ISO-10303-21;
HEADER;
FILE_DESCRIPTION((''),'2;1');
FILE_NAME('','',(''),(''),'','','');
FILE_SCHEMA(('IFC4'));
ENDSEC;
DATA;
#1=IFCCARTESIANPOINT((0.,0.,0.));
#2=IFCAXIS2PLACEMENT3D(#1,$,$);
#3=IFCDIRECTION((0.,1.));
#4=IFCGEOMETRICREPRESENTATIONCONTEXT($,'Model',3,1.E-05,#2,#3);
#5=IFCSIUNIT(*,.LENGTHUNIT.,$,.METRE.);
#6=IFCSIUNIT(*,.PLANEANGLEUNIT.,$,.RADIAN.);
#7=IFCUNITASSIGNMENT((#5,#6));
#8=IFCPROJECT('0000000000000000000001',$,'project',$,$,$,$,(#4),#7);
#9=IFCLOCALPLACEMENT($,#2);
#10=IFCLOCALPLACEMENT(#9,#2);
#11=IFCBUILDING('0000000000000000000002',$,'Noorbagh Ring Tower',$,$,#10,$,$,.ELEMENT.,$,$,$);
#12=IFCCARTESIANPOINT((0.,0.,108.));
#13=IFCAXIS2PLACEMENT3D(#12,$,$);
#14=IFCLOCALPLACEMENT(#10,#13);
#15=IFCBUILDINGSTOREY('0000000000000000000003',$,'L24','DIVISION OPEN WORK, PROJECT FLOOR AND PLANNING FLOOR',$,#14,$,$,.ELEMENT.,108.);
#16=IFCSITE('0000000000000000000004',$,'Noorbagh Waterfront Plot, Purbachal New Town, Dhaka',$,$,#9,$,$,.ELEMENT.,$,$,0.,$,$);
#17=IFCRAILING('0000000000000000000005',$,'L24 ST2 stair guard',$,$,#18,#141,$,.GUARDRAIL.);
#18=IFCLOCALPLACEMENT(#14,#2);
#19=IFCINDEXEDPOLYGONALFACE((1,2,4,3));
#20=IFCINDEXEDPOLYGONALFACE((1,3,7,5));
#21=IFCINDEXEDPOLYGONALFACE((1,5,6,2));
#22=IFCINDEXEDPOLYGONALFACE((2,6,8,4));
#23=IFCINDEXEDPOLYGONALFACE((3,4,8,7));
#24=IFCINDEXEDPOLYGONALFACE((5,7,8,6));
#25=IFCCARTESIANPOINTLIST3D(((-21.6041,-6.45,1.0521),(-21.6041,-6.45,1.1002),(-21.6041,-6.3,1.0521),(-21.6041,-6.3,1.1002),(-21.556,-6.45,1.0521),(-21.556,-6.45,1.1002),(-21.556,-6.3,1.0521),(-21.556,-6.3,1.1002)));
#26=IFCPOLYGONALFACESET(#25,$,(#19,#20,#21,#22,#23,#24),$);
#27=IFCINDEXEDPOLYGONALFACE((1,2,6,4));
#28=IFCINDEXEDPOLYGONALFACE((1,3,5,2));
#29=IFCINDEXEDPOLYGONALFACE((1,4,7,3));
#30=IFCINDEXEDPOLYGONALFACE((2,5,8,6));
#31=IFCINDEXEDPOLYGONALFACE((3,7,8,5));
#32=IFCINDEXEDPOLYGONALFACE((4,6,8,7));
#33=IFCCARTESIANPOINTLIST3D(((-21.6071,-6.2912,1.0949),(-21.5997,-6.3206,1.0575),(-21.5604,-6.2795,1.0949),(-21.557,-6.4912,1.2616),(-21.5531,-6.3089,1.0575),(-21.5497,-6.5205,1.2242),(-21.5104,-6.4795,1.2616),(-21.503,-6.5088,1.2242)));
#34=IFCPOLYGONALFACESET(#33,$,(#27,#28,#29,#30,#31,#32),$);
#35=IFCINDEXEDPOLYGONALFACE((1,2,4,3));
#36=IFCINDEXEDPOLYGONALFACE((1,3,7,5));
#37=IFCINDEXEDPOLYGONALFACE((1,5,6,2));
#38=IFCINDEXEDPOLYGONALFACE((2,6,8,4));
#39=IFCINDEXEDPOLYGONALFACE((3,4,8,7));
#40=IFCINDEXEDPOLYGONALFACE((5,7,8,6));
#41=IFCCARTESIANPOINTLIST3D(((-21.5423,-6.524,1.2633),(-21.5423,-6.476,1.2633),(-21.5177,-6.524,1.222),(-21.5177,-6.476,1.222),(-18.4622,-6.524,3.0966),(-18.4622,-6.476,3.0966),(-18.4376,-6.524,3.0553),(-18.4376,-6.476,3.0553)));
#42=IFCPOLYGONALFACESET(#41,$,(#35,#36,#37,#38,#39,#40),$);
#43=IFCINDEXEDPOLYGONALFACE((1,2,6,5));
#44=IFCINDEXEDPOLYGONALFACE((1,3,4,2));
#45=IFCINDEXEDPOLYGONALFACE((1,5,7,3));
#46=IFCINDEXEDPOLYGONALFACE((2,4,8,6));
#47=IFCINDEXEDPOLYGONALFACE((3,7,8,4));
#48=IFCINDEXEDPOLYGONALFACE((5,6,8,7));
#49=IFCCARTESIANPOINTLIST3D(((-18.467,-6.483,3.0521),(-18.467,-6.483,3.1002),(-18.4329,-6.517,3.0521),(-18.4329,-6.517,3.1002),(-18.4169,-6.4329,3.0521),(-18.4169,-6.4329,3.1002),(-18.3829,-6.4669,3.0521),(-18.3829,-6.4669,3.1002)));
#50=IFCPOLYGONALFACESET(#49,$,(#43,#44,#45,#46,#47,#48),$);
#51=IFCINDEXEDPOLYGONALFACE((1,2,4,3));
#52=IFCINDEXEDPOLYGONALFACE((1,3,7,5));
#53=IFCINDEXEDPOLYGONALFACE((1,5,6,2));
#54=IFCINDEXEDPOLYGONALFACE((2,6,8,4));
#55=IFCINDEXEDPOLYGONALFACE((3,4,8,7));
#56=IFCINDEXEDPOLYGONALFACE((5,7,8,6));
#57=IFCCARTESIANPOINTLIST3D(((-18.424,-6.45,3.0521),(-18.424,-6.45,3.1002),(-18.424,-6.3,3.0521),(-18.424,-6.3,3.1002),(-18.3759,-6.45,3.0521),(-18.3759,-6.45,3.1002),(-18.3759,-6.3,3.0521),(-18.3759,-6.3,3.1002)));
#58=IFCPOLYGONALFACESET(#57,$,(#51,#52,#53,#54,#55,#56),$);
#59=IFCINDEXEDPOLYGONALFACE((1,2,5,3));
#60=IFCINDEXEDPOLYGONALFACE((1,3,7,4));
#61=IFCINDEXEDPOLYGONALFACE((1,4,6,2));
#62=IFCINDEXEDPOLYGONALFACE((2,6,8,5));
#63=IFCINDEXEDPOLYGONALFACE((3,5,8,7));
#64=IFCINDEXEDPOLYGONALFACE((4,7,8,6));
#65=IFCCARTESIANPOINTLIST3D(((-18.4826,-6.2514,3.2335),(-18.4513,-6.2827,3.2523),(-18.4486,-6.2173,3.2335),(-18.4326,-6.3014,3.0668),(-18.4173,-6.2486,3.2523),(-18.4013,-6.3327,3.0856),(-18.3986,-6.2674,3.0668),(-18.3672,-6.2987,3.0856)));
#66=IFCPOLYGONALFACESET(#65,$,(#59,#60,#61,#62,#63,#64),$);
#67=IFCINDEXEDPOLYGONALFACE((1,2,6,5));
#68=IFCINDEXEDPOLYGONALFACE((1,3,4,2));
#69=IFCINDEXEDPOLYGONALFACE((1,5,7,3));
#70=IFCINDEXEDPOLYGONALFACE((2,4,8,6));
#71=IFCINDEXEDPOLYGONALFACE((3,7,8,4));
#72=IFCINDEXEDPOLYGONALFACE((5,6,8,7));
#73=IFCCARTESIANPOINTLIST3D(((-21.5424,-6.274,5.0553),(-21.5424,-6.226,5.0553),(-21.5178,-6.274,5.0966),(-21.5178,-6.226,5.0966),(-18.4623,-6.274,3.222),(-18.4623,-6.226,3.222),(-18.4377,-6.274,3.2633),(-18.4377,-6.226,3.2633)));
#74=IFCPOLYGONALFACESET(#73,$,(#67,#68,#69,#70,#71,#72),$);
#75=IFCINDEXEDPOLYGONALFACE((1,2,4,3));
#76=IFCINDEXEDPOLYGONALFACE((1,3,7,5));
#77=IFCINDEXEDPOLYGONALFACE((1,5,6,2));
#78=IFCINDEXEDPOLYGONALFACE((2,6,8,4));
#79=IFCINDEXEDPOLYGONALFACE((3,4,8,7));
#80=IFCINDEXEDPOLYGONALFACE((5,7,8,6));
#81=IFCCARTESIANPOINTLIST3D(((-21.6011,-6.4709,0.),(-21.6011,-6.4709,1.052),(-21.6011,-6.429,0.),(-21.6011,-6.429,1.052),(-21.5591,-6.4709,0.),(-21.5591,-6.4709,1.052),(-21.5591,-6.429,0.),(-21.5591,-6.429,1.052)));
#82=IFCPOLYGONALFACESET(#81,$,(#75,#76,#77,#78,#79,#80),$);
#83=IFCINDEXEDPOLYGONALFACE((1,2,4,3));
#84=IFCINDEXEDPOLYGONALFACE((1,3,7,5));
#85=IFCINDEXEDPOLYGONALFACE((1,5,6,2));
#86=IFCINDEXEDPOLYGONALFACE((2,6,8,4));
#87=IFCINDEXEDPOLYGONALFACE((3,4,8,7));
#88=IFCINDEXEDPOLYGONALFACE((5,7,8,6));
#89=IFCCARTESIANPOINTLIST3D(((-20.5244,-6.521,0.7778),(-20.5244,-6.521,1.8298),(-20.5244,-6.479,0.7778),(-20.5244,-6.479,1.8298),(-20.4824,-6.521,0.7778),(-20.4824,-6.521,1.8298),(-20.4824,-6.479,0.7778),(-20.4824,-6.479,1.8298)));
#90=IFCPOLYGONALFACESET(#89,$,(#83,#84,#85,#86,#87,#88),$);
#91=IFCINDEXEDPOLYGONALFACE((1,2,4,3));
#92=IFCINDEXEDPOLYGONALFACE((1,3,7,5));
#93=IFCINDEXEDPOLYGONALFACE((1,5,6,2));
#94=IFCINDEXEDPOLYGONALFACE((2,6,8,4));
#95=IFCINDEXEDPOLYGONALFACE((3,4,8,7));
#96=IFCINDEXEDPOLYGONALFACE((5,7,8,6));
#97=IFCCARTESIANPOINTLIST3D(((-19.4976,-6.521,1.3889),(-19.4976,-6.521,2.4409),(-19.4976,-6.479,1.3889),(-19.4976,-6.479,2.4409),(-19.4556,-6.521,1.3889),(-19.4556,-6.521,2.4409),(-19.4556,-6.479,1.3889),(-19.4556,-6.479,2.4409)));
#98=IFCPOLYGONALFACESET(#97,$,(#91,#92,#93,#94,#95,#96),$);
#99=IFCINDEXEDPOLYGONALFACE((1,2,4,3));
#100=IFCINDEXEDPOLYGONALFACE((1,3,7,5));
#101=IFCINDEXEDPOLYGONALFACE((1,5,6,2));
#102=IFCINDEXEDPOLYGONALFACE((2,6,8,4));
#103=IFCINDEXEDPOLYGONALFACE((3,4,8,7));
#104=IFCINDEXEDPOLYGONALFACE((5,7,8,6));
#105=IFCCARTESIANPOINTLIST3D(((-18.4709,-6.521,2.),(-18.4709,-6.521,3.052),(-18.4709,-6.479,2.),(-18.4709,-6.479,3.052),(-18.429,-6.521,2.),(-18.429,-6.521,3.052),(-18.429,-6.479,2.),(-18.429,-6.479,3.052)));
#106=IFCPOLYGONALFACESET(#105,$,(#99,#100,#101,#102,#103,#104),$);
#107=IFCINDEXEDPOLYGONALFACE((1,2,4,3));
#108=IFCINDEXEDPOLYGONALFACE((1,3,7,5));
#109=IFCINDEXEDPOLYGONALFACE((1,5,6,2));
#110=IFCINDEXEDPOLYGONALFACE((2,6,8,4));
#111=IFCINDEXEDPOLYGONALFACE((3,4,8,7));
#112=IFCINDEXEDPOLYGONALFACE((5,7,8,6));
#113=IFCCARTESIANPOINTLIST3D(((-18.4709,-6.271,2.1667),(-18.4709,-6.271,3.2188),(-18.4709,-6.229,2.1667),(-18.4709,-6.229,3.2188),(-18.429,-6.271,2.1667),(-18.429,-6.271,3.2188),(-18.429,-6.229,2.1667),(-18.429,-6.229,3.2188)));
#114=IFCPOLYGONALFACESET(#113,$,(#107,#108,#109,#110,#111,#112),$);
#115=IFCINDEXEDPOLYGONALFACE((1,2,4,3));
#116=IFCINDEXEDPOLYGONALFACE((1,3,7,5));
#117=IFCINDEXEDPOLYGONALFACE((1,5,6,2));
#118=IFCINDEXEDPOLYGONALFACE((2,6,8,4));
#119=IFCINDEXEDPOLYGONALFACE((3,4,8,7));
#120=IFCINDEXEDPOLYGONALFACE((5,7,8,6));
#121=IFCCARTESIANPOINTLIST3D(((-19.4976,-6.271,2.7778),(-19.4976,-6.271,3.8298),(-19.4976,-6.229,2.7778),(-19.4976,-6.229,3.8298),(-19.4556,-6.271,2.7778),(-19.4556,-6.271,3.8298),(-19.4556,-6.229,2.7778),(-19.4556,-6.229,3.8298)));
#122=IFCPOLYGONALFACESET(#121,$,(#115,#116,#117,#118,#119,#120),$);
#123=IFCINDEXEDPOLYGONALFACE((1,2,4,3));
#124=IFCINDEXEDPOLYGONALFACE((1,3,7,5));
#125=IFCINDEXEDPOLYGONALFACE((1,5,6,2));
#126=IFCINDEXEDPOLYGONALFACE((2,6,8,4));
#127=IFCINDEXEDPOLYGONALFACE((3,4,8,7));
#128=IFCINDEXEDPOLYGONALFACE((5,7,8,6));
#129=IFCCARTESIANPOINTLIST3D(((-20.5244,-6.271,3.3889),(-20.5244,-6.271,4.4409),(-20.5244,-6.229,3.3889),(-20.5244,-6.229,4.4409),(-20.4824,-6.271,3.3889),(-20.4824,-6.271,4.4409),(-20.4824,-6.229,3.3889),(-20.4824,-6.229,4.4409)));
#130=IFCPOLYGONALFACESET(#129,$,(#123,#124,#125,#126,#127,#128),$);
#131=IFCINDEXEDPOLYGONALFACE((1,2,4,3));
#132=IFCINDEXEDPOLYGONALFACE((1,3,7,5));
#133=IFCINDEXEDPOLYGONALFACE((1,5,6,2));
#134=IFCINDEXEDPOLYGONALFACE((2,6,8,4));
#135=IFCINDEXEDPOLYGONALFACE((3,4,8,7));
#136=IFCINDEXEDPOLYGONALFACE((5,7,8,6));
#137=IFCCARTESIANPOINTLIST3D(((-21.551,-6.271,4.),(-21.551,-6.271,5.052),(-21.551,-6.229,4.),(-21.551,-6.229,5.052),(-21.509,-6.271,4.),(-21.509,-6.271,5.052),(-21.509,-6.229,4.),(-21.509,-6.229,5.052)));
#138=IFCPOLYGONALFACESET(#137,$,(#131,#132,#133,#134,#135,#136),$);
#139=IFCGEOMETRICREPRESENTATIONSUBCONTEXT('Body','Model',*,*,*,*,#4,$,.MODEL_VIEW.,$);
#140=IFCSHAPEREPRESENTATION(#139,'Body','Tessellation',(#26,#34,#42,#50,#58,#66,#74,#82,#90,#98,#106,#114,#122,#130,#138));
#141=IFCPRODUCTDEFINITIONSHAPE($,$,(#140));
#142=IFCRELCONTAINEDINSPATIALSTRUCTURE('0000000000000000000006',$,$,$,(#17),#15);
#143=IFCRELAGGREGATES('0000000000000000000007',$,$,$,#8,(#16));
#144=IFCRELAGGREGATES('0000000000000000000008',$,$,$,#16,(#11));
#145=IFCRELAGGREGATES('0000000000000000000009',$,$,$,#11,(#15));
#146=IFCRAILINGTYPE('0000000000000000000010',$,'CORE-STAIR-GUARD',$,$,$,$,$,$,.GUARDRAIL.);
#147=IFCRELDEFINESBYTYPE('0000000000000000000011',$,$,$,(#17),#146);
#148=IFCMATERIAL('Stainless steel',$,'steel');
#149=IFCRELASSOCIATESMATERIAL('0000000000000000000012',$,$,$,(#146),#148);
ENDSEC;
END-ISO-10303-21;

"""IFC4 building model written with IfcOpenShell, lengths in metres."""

from ifc_helpers import new_model, si_unit, direction, frame, origin, origin_2d, place, context, subcontext, project, spatial, rectangle, extrude, material, type_object, element, save


model = new_model("IFC4")

# Units and contexts
model_context = context("Model", 3, precision=1e-05, world=origin(), true_north=direction((0.0, 1.0)))
body_context = subcontext(model_context, "Body", "Model", "MODEL_VIEW")
ifc_project = project(units=[si_unit("LENGTHUNIT", "METRE"), si_unit("PLANEANGLEUNIT", "RADIAN")], contexts=[model_context])

# Site, building, storey
site_placement = place(None, origin())
site = spatial("IfcSite", under=ifc_project, at=site_placement, Name="Noorbagh Waterfront Plot, Purbachal New Town, Dhaka", CompositionType="ELEMENT", RefElevation=0.0)
building_placement = place(site_placement, origin())
building = spatial("IfcBuilding", under=site, at=building_placement, Name="Noorbagh Ring Tower", CompositionType="ELEMENT")
storey_placement = place(building_placement, frame((0.0, 0.0, 108.0)))
storey = spatial("IfcBuildingStorey", under=building, at=storey_placement, Name="L24", Description="DIVISION OPEN WORK, PROJECT FLOOR AND PLANNING FLOOR", CompositionType="ELEMENT", Elevation=108.0)

# Railing
ifc_material_1 = material(Name="Stainless steel", Category="steel")
railing_type_1 = type_object("IfcRailingType", Name="CORE-STAIR-GUARD", PredefinedType="GUARDRAIL", material=ifc_material_1)
railing_1_placement = place(storey_placement, frame((-21.5801, -6.45, 0.0)))
element("IfcRailing", 1, at=railing_1_placement, inside=storey, type_object=railing_type_1, Name="L24 ST2 stair guard", PredefinedType="GUARDRAIL", context=body_context, shape_type="SweptSolid", body=[
    extrude(rectangle(XDim=0.0481, YDim=0.0481, at=origin_2d()), frame((0.0, 0.0, 1.0762), z_axis=(0.0, 1.0, 0.0), x_axis=(-1.0, 0.0, 0.0)), (0.0, 0.0, 1.0), 0.1499),
    extrude(rectangle(XDim=0.0481, YDim=0.0481, at=origin_2d()), frame((0.0, 0.1499, 1.0762), z_axis=(0.188776, -0.754182, 0.628946), x_axis=(0.970073, 0.242814, 0.0)), (0.0, 0.0, 1.0), 0.2651),
    extrude(rectangle(XDim=0.0481, YDim=0.0481, at=origin_2d()), frame((0.05, -0.05, 1.2427), z_axis=(0.859309, 0.0, 0.511458), x_axis=(0.0, 1.0, 0.0)), (0.0, 0.0, 1.0), 3.5845),
    extrude(rectangle(XDim=0.0481, YDim=0.0481, at=origin_2d()), frame((3.1301, -0.05, 3.0762), z_axis=(0.707107, 0.707107, 0.0), x_axis=(-0.707107, 0.707107, 0.0)), (0.0, 0.0, 1.0), 0.0708),
    extrude(rectangle(XDim=0.0481, YDim=0.0481, at=origin_2d()), frame((3.1802, 0.0, 3.0762), z_axis=(0.0, 1.0, 0.0), x_axis=(-1.0, 0.0, 0.0)), (0.0, 0.0, 1.0), 0.1499),
    extrude(rectangle(XDim=0.0481, YDim=0.0481, at=origin_2d()), frame((3.1802, 0.1499, 3.0762), z_axis=(-0.276287, 0.276287, 0.920506), x_axis=(-0.707107, -0.707107, 0.0)), (0.0, 0.0, 1.0), 0.1812),
    extrude(rectangle(XDim=0.0481, YDim=0.0481, at=origin_2d()), frame((3.1301, 0.2, 3.2427), z_axis=(-0.859309, 0.0, 0.511458), x_axis=(0.0, -1.0, 0.0)), (0.0, 0.0, 1.0), 3.5845),
    extrude(rectangle(XDim=0.042, YDim=0.042, at=origin_2d()), origin(), (0.0, 0.0, 1.0), 1.052),
    extrude(rectangle(XDim=0.042, YDim=0.042, at=origin_2d()), frame((1.0767, -0.05, 0.7778)), (0.0, 0.0, 1.0), 1.052),
    extrude(rectangle(XDim=0.042, YDim=0.042, at=origin_2d()), frame((2.1035, -0.05, 1.3889)), (0.0, 0.0, 1.0), 1.052),
    extrude(rectangle(XDim=0.042, YDim=0.042, at=origin_2d()), frame((3.1301, -0.05, 2.0)), (0.0, 0.0, 1.0), 1.052),
    extrude(rectangle(XDim=0.042, YDim=0.042, at=origin_2d()), frame((3.1301, 0.2, 2.1667)), (0.0, 0.0, 1.0), 1.052),
    extrude(rectangle(XDim=0.042, YDim=0.042, at=origin_2d()), frame((2.1035, 0.2, 2.7778)), (0.0, 0.0, 1.0), 1.052),
    extrude(rectangle(XDim=0.042, YDim=0.042, at=origin_2d()), frame((1.0767, 0.2, 3.3889)), (0.0, 0.0, 1.0), 1.052),
    extrude(rectangle(XDim=0.042, YDim=0.042, at=origin_2d()), frame((0.05, 0.2, 4.0)), (0.0, 0.0, 1.0), 1.052),
])

save(model, "model.ifc")
